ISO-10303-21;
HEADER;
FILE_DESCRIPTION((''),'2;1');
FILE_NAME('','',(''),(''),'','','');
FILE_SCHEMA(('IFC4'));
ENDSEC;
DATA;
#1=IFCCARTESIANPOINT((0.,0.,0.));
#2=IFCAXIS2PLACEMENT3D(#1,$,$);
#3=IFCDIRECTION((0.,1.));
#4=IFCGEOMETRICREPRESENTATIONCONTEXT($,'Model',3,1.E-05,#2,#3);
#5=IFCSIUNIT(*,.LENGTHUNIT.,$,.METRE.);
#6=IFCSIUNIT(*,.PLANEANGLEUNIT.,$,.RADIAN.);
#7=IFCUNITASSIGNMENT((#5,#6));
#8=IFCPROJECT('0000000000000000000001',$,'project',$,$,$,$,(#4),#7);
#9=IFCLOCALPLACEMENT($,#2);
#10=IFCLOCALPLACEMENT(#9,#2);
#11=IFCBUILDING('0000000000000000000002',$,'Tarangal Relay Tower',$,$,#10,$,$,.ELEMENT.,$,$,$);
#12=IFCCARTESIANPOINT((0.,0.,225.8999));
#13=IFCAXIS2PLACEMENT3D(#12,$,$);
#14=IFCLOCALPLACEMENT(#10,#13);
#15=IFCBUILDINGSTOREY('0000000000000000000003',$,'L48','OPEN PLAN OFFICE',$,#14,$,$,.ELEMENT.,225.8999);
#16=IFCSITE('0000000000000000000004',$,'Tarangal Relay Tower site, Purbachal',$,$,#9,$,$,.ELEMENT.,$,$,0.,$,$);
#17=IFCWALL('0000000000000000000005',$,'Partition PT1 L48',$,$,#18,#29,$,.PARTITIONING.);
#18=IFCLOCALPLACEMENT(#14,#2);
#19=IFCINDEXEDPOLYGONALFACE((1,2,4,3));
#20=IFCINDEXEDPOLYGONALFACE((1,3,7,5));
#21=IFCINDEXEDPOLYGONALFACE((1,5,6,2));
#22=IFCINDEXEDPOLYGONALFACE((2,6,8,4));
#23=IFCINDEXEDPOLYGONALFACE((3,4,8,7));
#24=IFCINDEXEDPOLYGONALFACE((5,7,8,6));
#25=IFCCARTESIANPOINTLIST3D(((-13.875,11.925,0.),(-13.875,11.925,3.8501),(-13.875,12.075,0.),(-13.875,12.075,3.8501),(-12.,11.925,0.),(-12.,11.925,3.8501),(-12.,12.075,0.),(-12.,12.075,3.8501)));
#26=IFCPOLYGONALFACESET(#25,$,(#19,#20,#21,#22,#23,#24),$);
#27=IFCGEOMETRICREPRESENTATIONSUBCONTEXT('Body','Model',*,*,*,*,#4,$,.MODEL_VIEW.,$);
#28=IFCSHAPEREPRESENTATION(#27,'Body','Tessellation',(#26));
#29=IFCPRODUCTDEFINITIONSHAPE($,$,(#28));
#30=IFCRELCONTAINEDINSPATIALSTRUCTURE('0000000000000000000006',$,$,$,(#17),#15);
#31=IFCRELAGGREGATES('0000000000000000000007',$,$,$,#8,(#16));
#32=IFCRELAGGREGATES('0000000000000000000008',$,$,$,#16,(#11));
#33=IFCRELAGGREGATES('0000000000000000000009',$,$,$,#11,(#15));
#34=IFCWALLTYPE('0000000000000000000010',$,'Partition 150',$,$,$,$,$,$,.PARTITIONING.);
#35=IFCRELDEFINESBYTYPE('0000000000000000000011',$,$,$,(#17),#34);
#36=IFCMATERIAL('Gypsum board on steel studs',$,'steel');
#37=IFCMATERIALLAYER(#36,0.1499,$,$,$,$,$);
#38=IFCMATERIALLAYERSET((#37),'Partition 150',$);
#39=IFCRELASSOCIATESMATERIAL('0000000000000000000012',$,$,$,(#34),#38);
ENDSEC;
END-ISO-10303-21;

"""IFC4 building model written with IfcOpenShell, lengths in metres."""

from ifc_helpers import new_model, si_unit, direction, frame, frame_2d, origin, place, context, subcontext, project, spatial, rectangle, extrude, material, layer, layer_set, type_object, element, save


model = new_model("IFC4")

# Units and contexts
model_context = context("Model", 3, precision=1e-05, world=origin(), true_north=direction((0.0, 1.0)))
body_context = subcontext(model_context, "Body", "Model", "MODEL_VIEW")
ifc_project = project(units=[si_unit("LENGTHUNIT", "METRE"), si_unit("PLANEANGLEUNIT", "RADIAN")], contexts=[model_context])

# Site, building, storey
site_placement = place(None, origin())
site = spatial("IfcSite", under=ifc_project, at=site_placement, Name="Tarangal Relay Tower site, Purbachal", CompositionType="ELEMENT", RefElevation=0.0)
building_placement = place(site_placement, origin())
building = spatial("IfcBuilding", under=site, at=building_placement, Name="Tarangal Relay Tower", CompositionType="ELEMENT")
storey_placement = place(building_placement, frame((0.0, 0.0, 225.8999)))
storey = spatial("IfcBuildingStorey", under=building, at=storey_placement, Name="L48", Description="OPEN PLAN OFFICE", CompositionType="ELEMENT", Elevation=225.8999)

# Wall
ifc_material_1 = material(Name="Gypsum board on steel studs", Category="steel")
ifc_layer_1 = layer(ifc_material_1, 0.1499)
ifc_layer_set_1 = layer_set([ifc_layer_1], Name="Partition 150")
wall_type_1 = type_object("IfcWallType", Name="Partition 150", PredefinedType="PARTITIONING", material=ifc_layer_set_1)
wall_1_placement = place(storey_placement, frame((-13.875, 12.0, 0.0), z_axis=(0.0, 0.0, 1.0), x_axis=(1.0, 0.0, 0.0)))
element("IfcWall", 1, at=wall_1_placement, inside=storey, type_object=wall_type_1, Name="Partition PT1 L48", PredefinedType="PARTITIONING", context=body_context, shape_type="SweptSolid", body=[
    extrude(rectangle(XDim=1.875, YDim=0.1499, at=frame_2d((0.9375, 0.0))), origin(), (0.0, 0.0, 1.0), 3.8501),
])

save(model, "model.ifc")
